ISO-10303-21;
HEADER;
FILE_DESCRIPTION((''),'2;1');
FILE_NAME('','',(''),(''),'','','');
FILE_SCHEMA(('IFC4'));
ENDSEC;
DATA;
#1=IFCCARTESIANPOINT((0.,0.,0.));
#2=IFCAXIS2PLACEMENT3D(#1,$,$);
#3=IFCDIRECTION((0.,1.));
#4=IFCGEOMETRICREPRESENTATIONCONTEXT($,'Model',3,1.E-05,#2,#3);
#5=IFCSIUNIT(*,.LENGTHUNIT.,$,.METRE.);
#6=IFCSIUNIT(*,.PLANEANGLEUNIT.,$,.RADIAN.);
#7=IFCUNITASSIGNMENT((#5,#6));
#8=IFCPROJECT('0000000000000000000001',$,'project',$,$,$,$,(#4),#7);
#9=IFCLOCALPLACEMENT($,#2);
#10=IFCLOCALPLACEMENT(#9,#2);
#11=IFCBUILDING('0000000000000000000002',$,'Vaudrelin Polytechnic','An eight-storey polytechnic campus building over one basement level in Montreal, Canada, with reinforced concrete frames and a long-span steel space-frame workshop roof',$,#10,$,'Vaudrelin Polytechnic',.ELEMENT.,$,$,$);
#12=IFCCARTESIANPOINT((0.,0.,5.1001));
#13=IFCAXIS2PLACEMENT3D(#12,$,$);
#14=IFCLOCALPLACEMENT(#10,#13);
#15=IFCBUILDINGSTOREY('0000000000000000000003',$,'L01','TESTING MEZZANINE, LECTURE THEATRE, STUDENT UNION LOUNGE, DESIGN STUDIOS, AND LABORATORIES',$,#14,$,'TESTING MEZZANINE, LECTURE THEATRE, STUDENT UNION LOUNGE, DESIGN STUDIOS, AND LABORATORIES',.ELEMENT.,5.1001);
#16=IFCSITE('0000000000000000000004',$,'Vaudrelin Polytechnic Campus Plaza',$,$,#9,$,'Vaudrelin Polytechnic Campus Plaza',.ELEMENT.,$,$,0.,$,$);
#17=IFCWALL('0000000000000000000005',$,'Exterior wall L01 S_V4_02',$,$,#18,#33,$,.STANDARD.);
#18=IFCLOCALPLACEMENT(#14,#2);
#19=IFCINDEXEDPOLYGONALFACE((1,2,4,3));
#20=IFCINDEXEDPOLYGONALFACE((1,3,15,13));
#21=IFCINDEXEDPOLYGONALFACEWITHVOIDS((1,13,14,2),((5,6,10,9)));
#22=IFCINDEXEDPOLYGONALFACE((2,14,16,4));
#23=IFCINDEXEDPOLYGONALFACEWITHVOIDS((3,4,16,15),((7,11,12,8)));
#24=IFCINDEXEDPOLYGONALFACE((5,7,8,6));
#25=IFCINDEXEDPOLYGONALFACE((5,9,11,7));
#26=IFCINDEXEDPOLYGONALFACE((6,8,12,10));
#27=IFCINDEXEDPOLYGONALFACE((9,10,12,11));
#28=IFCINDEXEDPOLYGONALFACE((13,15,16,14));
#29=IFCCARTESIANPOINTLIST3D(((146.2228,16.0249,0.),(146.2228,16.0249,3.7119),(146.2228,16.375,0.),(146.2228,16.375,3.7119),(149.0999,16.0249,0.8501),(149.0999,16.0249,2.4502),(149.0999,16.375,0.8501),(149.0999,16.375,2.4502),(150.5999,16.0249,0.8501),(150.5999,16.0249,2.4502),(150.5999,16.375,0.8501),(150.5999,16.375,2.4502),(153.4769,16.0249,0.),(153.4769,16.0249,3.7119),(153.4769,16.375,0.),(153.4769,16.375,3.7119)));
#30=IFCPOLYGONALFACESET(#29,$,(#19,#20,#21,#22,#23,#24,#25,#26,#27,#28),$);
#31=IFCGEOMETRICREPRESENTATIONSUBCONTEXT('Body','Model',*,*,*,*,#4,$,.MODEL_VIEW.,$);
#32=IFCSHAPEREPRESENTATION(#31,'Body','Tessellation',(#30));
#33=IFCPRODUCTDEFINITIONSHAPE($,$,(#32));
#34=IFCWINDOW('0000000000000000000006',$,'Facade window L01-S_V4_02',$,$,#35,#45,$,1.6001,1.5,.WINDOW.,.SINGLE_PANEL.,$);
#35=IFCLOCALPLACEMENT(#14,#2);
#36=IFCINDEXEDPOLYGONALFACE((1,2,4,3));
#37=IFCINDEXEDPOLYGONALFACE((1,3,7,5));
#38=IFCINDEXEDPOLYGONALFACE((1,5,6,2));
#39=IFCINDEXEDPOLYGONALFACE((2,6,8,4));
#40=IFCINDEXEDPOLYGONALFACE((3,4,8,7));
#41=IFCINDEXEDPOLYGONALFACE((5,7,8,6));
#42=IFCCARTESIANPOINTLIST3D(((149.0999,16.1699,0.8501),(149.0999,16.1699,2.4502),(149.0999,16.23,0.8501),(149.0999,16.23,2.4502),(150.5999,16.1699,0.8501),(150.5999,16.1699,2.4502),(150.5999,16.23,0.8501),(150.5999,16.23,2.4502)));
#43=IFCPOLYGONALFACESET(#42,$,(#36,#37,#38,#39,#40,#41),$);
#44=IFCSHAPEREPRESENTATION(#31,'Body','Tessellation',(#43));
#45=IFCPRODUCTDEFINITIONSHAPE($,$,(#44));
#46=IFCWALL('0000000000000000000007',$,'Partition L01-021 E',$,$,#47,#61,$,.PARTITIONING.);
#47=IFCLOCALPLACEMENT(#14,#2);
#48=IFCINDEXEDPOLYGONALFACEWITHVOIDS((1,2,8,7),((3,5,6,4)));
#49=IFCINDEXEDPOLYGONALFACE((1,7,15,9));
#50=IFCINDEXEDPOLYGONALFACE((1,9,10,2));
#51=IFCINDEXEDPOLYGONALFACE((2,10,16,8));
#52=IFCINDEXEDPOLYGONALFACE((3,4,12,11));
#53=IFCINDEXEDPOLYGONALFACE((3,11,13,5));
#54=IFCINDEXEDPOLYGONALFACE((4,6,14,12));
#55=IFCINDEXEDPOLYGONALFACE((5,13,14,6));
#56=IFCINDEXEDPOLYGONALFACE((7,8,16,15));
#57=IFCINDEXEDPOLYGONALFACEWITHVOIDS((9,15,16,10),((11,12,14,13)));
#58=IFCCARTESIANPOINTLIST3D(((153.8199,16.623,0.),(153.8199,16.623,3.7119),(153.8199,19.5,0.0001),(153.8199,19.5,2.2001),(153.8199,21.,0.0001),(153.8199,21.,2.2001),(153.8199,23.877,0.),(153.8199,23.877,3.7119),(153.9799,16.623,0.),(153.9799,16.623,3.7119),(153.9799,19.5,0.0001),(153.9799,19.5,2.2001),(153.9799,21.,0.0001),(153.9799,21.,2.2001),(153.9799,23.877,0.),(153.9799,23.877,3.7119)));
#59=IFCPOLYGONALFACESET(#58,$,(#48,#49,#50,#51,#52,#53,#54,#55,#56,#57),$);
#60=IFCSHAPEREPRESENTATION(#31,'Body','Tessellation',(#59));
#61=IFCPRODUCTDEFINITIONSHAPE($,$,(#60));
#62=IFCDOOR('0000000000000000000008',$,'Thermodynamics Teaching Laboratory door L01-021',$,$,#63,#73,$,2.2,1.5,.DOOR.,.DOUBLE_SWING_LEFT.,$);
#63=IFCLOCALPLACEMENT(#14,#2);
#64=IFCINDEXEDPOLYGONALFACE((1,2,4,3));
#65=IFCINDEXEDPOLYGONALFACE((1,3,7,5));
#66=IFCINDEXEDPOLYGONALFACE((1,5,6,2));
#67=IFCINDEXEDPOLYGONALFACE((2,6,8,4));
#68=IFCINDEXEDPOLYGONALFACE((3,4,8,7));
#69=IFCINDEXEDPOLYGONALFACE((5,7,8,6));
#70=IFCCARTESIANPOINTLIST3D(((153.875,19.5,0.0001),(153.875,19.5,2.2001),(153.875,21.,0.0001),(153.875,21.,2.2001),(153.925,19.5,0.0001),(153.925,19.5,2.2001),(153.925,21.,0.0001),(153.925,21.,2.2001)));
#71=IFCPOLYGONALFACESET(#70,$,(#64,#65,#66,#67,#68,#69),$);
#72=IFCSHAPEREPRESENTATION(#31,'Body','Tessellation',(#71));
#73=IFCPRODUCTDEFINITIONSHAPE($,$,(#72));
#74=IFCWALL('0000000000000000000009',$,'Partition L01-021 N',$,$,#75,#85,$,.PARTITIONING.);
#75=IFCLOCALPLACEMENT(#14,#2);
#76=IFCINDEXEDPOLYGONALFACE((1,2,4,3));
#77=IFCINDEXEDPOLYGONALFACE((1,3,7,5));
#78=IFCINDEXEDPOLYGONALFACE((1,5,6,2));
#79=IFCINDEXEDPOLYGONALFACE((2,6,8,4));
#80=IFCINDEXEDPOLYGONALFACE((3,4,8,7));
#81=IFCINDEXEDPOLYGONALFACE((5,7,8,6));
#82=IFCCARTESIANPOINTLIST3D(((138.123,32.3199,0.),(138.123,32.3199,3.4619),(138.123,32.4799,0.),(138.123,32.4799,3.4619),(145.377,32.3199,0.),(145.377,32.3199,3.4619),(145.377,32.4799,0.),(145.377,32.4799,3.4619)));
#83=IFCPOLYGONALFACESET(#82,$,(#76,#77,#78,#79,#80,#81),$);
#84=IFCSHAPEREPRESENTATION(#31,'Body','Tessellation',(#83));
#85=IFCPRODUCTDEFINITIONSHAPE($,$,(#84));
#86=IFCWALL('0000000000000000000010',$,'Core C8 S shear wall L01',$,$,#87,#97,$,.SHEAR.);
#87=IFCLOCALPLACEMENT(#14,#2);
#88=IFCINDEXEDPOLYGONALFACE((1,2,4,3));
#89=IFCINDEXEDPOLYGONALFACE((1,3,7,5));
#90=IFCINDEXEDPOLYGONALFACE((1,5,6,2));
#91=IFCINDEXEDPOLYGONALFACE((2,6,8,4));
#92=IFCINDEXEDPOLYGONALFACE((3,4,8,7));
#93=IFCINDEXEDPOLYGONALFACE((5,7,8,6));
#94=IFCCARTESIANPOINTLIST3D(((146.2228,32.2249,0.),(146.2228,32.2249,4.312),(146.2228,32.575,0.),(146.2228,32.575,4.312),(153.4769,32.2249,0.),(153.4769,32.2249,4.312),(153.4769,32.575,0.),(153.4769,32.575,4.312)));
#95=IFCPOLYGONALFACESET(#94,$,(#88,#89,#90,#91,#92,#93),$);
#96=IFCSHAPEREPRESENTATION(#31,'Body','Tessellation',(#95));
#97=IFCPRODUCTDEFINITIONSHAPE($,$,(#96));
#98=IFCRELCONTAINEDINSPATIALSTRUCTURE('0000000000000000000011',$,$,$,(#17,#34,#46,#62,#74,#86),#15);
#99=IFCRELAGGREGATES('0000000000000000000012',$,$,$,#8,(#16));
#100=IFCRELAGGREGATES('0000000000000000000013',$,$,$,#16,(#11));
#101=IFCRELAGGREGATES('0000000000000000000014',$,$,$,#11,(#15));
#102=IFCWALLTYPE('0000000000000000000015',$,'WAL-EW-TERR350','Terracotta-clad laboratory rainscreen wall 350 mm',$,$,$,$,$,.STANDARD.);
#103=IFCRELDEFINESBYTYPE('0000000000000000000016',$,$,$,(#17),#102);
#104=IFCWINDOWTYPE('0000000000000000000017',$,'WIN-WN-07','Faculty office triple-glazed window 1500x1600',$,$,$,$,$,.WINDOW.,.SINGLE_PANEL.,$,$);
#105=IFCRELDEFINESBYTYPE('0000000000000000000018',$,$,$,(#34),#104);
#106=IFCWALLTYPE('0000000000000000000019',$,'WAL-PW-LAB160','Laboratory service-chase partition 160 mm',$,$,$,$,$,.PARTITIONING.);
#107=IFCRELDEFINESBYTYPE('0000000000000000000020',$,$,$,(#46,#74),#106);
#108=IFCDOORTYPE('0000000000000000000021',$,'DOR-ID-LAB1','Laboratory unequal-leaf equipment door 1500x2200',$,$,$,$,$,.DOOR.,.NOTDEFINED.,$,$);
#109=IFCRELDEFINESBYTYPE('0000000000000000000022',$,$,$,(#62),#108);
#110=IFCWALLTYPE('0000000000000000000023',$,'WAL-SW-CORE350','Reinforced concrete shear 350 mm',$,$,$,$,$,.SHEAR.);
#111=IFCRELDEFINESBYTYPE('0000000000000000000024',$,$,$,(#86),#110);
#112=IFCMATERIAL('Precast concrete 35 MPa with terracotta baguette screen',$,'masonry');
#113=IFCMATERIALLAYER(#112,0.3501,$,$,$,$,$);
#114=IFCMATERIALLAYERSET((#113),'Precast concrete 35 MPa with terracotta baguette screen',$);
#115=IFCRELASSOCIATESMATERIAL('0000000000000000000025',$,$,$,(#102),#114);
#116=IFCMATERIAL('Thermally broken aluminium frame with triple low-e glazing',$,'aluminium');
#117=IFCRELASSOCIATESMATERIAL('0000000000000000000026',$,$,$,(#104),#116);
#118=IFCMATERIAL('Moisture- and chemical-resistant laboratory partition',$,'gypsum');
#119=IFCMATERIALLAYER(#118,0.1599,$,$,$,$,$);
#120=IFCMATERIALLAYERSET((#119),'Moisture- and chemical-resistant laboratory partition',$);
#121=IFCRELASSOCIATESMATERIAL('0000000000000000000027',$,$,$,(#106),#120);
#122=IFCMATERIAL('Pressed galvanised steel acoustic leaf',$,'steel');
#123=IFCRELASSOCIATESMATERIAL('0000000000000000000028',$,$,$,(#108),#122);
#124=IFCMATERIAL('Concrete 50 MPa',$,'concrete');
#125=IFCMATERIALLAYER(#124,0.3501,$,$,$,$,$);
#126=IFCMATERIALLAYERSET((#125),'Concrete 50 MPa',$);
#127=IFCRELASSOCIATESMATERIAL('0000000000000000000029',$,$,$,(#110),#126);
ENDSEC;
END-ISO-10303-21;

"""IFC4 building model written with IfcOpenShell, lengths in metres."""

from ifc_helpers import new_model, si_unit, direction, frame, frame_2d, origin, place, context, subcontext, project, spatial, rectangle, extrude, material, layer, layer_set, type_object, element, fill, save


model = new_model("IFC4")

# Units and contexts
model_context = context("Model", 3, precision=1e-05, world=origin(), true_north=direction((0.0, 1.0)))
body_context = subcontext(model_context, "Body", "Model", "MODEL_VIEW")
ifc_project = project(units=[si_unit("LENGTHUNIT", "METRE"), si_unit("PLANEANGLEUNIT", "RADIAN")], contexts=[model_context])

# Site, building, storey
site_placement = place(None, origin())
site = spatial("IfcSite", under=ifc_project, at=site_placement, Name="Vaudrelin Polytechnic Campus Plaza", LongName="Vaudrelin Polytechnic Campus Plaza", CompositionType="ELEMENT", RefElevation=0.0)
building_placement = place(site_placement, origin())
building = spatial("IfcBuilding", under=site, at=building_placement, Name="Vaudrelin Polytechnic", Description="An eight-storey polytechnic campus building over one basement level in Montreal, Canada, with reinforced concrete frames and a long-span steel space-frame workshop roof", LongName="Vaudrelin Polytechnic", CompositionType="ELEMENT")
storey_placement = place(building_placement, frame((0.0, 0.0, 5.1001)))
storey = spatial("IfcBuildingStorey", under=building, at=storey_placement, Name="L01", Description="TESTING MEZZANINE, LECTURE THEATRE, STUDENT UNION LOUNGE, DESIGN STUDIOS, AND LABORATORIES", LongName="TESTING MEZZANINE, LECTURE THEATRE, STUDENT UNION LOUNGE, DESIGN STUDIOS, AND LABORATORIES", CompositionType="ELEMENT", Elevation=5.1001)

# Shared definitions
ifc_material_1 = material(Name="Concrete 50 MPa", Category="concrete")

# Wall, opening, window
ifc_material_2 = material(Name="Precast concrete 35 MPa with terracotta baguette screen", Category="masonry")
ifc_layer_1 = layer(ifc_material_2, 0.3501)
ifc_layer_set_1 = layer_set([ifc_layer_1], Name="Precast concrete 35 MPa with terracotta baguette screen")
wall_type_1 = type_object("IfcWallType", Name="WAL-EW-TERR350", Description="Terracotta-clad laboratory rainscreen wall 350 mm", PredefinedType="STANDARD", material=ifc_layer_set_1)
ifc_material_3 = material(Name="Thermally broken aluminium frame with triple low-e glazing", Category="aluminium")
wall_1_placement = place(storey_placement, frame((146.2229, 16.2, 0.0), z_axis=(0.0, 0.0, 1.0), x_axis=(1.0, 0.0, 0.0)))
wall_1 = element("IfcWall", 1, at=wall_1_placement, inside=storey, type_object=wall_type_1, Name="Exterior wall L01 S_V4_02", PredefinedType="STANDARD", context=body_context, shape_type="SweptSolid", body=[
    extrude(rectangle(XDim=7.2542, YDim=0.3501, at=frame_2d((3.627, 0.0))), origin(), (0.0, 0.0, 1.0), 3.7119),
])
opening_1_placement = place(wall_1_placement, frame((2.877, 0.0, 0.8501)))
opening_1 = element("IfcOpeningElement", 2, at=opening_1_placement, cuts=wall_1, PredefinedType="OPENING", context=body_context, shape_type="SweptSolid", body=[
    extrude(rectangle(XDim=1.5, YDim=1.6001, at=frame_2d((0.75, 0.8))), frame((0.0, 0.1851, 0.0), z_axis=(0.0, -1.0, 0.0), x_axis=(1.0, 0.0, 0.0)), (0.0, 0.0, 1.0), 0.3701),
])
window_type_1 = type_object("IfcWindowType", Name="WIN-WN-07", Description="Faculty office triple-glazed window 1500x1600", PartitioningType="SINGLE_PANEL", PredefinedType="WINDOW", material=ifc_material_3)
window_1_placement = place(opening_1_placement, origin())
window_1 = element("IfcWindow", 3, at=window_1_placement, inside=storey, type_object=window_type_1, Name="Facade window L01-S_V4_02", OverallHeight=1.6001, OverallWidth=1.5, PartitioningType="SINGLE_PANEL", PredefinedType="WINDOW", context=body_context, shape_type="SweptSolid", body=[
    extrude(rectangle(XDim=1.5, YDim=1.6001, at=frame_2d((0.75, 0.8))), frame((0.0, 0.03, 0.0), z_axis=(0.0, -1.0, 0.0), x_axis=(1.0, 0.0, 0.0)), (0.0, 0.0, 1.0), 0.0601),
])
fill(opening_1, window_1)

# Wall, opening, door
ifc_material_4 = material(Name="Moisture- and chemical-resistant laboratory partition", Category="gypsum")
ifc_layer_2 = layer(ifc_material_4, 0.1599)
ifc_layer_set_2 = layer_set([ifc_layer_2], Name="Moisture- and chemical-resistant laboratory partition")
wall_type_2 = type_object("IfcWallType", Name="WAL-PW-LAB160", Description="Laboratory service-chase partition 160 mm", PredefinedType="PARTITIONING", material=ifc_layer_set_2)
wall_2_placement = place(storey_placement, frame((153.8999, 16.623, 0.0), z_axis=(0.0, 0.0, 1.0), x_axis=(0.0, 1.0, 0.0)))
wall_2 = element("IfcWall", 4, at=wall_2_placement, inside=storey, type_object=wall_type_2, Name="Partition L01-021 E", PredefinedType="PARTITIONING", context=body_context, shape_type="SweptSolid", body=[
    extrude(rectangle(XDim=7.2539, YDim=0.1599, at=frame_2d((3.627, 0.0))), origin(), (0.0, 0.0, 1.0), 3.7119),
])
opening_2_placement = place(wall_2_placement, frame((2.877, 0.0, 0.0)))
opening_2 = element("IfcOpeningElement", 5, at=opening_2_placement, cuts=wall_2, PredefinedType="OPENING", context=body_context, shape_type="SweptSolid", body=[
    extrude(rectangle(XDim=1.5, YDim=2.2, at=frame_2d((0.75, 1.1001))), frame((0.0, 0.0898, 0.0), z_axis=(0.0, -1.0, 0.0), x_axis=(1.0, 0.0, 0.0)), (0.0, 0.0, 1.0), 0.1799),
])
ifc_material_5 = material(Name="Pressed galvanised steel acoustic leaf", Category="steel")
door_type = type_object("IfcDoorType", Name="DOR-ID-LAB1", Description="Laboratory unequal-leaf equipment door 1500x2200", OperationType="NOTDEFINED", PredefinedType="DOOR", material=ifc_material_5)
door_placement = place(opening_2_placement, origin())
door = element("IfcDoor", 6, at=door_placement, inside=storey, type_object=door_type, Name="Thermodynamics Teaching Laboratory door L01-021", OperationType="DOUBLE_SWING_LEFT", OverallHeight=2.2, OverallWidth=1.5, PredefinedType="DOOR", context=body_context, shape_type="SweptSolid", body=[
    extrude(rectangle(XDim=1.5, YDim=2.2, at=frame_2d((0.75, 1.1001))), frame((0.0, 0.0249, 0.0), z_axis=(0.0, -1.0, 0.0), x_axis=(1.0, 0.0, 0.0)), (0.0, 0.0, 1.0), 0.05),
])
fill(opening_2, door)

# Walls
wall_3_placement = place(storey_placement, frame((138.123, 32.3999, 0.0), z_axis=(0.0, 0.0, 1.0), x_axis=(1.0, 0.0, 0.0)))
element("IfcWall", 7, at=wall_3_placement, inside=storey, type_object=wall_type_2, Name="Partition L01-021 N", PredefinedType="PARTITIONING", context=body_context, shape_type="SweptSolid", body=[
    extrude(rectangle(XDim=7.2539, YDim=0.1599, at=frame_2d((3.627, 0.0))), origin(), (0.0, 0.0, 1.0), 3.4619),
])
ifc_layer_3 = layer(ifc_material_1, 0.3501)
ifc_layer_set_3 = layer_set([ifc_layer_3], Name="Concrete 50 MPa")
wall_type_3 = type_object("IfcWallType", Name="WAL-SW-CORE350", Description="Reinforced concrete shear 350 mm", PredefinedType="SHEAR", material=ifc_layer_set_3)
wall_4_placement = place(storey_placement, frame((146.2229, 32.3999, 0.0), z_axis=(0.0, 0.0, 1.0), x_axis=(1.0, 0.0, 0.0)))
element("IfcWall", 8, at=wall_4_placement, inside=storey, type_object=wall_type_3, Name="Core C8 S shear wall L01", PredefinedType="SHEAR", context=body_context, shape_type="SweptSolid", body=[
    extrude(rectangle(XDim=7.2542, YDim=0.3501, at=frame_2d((3.627, 0.0))), origin(), (0.0, 0.0, 1.0), 4.312),
])

save(model, "model.ifc")
